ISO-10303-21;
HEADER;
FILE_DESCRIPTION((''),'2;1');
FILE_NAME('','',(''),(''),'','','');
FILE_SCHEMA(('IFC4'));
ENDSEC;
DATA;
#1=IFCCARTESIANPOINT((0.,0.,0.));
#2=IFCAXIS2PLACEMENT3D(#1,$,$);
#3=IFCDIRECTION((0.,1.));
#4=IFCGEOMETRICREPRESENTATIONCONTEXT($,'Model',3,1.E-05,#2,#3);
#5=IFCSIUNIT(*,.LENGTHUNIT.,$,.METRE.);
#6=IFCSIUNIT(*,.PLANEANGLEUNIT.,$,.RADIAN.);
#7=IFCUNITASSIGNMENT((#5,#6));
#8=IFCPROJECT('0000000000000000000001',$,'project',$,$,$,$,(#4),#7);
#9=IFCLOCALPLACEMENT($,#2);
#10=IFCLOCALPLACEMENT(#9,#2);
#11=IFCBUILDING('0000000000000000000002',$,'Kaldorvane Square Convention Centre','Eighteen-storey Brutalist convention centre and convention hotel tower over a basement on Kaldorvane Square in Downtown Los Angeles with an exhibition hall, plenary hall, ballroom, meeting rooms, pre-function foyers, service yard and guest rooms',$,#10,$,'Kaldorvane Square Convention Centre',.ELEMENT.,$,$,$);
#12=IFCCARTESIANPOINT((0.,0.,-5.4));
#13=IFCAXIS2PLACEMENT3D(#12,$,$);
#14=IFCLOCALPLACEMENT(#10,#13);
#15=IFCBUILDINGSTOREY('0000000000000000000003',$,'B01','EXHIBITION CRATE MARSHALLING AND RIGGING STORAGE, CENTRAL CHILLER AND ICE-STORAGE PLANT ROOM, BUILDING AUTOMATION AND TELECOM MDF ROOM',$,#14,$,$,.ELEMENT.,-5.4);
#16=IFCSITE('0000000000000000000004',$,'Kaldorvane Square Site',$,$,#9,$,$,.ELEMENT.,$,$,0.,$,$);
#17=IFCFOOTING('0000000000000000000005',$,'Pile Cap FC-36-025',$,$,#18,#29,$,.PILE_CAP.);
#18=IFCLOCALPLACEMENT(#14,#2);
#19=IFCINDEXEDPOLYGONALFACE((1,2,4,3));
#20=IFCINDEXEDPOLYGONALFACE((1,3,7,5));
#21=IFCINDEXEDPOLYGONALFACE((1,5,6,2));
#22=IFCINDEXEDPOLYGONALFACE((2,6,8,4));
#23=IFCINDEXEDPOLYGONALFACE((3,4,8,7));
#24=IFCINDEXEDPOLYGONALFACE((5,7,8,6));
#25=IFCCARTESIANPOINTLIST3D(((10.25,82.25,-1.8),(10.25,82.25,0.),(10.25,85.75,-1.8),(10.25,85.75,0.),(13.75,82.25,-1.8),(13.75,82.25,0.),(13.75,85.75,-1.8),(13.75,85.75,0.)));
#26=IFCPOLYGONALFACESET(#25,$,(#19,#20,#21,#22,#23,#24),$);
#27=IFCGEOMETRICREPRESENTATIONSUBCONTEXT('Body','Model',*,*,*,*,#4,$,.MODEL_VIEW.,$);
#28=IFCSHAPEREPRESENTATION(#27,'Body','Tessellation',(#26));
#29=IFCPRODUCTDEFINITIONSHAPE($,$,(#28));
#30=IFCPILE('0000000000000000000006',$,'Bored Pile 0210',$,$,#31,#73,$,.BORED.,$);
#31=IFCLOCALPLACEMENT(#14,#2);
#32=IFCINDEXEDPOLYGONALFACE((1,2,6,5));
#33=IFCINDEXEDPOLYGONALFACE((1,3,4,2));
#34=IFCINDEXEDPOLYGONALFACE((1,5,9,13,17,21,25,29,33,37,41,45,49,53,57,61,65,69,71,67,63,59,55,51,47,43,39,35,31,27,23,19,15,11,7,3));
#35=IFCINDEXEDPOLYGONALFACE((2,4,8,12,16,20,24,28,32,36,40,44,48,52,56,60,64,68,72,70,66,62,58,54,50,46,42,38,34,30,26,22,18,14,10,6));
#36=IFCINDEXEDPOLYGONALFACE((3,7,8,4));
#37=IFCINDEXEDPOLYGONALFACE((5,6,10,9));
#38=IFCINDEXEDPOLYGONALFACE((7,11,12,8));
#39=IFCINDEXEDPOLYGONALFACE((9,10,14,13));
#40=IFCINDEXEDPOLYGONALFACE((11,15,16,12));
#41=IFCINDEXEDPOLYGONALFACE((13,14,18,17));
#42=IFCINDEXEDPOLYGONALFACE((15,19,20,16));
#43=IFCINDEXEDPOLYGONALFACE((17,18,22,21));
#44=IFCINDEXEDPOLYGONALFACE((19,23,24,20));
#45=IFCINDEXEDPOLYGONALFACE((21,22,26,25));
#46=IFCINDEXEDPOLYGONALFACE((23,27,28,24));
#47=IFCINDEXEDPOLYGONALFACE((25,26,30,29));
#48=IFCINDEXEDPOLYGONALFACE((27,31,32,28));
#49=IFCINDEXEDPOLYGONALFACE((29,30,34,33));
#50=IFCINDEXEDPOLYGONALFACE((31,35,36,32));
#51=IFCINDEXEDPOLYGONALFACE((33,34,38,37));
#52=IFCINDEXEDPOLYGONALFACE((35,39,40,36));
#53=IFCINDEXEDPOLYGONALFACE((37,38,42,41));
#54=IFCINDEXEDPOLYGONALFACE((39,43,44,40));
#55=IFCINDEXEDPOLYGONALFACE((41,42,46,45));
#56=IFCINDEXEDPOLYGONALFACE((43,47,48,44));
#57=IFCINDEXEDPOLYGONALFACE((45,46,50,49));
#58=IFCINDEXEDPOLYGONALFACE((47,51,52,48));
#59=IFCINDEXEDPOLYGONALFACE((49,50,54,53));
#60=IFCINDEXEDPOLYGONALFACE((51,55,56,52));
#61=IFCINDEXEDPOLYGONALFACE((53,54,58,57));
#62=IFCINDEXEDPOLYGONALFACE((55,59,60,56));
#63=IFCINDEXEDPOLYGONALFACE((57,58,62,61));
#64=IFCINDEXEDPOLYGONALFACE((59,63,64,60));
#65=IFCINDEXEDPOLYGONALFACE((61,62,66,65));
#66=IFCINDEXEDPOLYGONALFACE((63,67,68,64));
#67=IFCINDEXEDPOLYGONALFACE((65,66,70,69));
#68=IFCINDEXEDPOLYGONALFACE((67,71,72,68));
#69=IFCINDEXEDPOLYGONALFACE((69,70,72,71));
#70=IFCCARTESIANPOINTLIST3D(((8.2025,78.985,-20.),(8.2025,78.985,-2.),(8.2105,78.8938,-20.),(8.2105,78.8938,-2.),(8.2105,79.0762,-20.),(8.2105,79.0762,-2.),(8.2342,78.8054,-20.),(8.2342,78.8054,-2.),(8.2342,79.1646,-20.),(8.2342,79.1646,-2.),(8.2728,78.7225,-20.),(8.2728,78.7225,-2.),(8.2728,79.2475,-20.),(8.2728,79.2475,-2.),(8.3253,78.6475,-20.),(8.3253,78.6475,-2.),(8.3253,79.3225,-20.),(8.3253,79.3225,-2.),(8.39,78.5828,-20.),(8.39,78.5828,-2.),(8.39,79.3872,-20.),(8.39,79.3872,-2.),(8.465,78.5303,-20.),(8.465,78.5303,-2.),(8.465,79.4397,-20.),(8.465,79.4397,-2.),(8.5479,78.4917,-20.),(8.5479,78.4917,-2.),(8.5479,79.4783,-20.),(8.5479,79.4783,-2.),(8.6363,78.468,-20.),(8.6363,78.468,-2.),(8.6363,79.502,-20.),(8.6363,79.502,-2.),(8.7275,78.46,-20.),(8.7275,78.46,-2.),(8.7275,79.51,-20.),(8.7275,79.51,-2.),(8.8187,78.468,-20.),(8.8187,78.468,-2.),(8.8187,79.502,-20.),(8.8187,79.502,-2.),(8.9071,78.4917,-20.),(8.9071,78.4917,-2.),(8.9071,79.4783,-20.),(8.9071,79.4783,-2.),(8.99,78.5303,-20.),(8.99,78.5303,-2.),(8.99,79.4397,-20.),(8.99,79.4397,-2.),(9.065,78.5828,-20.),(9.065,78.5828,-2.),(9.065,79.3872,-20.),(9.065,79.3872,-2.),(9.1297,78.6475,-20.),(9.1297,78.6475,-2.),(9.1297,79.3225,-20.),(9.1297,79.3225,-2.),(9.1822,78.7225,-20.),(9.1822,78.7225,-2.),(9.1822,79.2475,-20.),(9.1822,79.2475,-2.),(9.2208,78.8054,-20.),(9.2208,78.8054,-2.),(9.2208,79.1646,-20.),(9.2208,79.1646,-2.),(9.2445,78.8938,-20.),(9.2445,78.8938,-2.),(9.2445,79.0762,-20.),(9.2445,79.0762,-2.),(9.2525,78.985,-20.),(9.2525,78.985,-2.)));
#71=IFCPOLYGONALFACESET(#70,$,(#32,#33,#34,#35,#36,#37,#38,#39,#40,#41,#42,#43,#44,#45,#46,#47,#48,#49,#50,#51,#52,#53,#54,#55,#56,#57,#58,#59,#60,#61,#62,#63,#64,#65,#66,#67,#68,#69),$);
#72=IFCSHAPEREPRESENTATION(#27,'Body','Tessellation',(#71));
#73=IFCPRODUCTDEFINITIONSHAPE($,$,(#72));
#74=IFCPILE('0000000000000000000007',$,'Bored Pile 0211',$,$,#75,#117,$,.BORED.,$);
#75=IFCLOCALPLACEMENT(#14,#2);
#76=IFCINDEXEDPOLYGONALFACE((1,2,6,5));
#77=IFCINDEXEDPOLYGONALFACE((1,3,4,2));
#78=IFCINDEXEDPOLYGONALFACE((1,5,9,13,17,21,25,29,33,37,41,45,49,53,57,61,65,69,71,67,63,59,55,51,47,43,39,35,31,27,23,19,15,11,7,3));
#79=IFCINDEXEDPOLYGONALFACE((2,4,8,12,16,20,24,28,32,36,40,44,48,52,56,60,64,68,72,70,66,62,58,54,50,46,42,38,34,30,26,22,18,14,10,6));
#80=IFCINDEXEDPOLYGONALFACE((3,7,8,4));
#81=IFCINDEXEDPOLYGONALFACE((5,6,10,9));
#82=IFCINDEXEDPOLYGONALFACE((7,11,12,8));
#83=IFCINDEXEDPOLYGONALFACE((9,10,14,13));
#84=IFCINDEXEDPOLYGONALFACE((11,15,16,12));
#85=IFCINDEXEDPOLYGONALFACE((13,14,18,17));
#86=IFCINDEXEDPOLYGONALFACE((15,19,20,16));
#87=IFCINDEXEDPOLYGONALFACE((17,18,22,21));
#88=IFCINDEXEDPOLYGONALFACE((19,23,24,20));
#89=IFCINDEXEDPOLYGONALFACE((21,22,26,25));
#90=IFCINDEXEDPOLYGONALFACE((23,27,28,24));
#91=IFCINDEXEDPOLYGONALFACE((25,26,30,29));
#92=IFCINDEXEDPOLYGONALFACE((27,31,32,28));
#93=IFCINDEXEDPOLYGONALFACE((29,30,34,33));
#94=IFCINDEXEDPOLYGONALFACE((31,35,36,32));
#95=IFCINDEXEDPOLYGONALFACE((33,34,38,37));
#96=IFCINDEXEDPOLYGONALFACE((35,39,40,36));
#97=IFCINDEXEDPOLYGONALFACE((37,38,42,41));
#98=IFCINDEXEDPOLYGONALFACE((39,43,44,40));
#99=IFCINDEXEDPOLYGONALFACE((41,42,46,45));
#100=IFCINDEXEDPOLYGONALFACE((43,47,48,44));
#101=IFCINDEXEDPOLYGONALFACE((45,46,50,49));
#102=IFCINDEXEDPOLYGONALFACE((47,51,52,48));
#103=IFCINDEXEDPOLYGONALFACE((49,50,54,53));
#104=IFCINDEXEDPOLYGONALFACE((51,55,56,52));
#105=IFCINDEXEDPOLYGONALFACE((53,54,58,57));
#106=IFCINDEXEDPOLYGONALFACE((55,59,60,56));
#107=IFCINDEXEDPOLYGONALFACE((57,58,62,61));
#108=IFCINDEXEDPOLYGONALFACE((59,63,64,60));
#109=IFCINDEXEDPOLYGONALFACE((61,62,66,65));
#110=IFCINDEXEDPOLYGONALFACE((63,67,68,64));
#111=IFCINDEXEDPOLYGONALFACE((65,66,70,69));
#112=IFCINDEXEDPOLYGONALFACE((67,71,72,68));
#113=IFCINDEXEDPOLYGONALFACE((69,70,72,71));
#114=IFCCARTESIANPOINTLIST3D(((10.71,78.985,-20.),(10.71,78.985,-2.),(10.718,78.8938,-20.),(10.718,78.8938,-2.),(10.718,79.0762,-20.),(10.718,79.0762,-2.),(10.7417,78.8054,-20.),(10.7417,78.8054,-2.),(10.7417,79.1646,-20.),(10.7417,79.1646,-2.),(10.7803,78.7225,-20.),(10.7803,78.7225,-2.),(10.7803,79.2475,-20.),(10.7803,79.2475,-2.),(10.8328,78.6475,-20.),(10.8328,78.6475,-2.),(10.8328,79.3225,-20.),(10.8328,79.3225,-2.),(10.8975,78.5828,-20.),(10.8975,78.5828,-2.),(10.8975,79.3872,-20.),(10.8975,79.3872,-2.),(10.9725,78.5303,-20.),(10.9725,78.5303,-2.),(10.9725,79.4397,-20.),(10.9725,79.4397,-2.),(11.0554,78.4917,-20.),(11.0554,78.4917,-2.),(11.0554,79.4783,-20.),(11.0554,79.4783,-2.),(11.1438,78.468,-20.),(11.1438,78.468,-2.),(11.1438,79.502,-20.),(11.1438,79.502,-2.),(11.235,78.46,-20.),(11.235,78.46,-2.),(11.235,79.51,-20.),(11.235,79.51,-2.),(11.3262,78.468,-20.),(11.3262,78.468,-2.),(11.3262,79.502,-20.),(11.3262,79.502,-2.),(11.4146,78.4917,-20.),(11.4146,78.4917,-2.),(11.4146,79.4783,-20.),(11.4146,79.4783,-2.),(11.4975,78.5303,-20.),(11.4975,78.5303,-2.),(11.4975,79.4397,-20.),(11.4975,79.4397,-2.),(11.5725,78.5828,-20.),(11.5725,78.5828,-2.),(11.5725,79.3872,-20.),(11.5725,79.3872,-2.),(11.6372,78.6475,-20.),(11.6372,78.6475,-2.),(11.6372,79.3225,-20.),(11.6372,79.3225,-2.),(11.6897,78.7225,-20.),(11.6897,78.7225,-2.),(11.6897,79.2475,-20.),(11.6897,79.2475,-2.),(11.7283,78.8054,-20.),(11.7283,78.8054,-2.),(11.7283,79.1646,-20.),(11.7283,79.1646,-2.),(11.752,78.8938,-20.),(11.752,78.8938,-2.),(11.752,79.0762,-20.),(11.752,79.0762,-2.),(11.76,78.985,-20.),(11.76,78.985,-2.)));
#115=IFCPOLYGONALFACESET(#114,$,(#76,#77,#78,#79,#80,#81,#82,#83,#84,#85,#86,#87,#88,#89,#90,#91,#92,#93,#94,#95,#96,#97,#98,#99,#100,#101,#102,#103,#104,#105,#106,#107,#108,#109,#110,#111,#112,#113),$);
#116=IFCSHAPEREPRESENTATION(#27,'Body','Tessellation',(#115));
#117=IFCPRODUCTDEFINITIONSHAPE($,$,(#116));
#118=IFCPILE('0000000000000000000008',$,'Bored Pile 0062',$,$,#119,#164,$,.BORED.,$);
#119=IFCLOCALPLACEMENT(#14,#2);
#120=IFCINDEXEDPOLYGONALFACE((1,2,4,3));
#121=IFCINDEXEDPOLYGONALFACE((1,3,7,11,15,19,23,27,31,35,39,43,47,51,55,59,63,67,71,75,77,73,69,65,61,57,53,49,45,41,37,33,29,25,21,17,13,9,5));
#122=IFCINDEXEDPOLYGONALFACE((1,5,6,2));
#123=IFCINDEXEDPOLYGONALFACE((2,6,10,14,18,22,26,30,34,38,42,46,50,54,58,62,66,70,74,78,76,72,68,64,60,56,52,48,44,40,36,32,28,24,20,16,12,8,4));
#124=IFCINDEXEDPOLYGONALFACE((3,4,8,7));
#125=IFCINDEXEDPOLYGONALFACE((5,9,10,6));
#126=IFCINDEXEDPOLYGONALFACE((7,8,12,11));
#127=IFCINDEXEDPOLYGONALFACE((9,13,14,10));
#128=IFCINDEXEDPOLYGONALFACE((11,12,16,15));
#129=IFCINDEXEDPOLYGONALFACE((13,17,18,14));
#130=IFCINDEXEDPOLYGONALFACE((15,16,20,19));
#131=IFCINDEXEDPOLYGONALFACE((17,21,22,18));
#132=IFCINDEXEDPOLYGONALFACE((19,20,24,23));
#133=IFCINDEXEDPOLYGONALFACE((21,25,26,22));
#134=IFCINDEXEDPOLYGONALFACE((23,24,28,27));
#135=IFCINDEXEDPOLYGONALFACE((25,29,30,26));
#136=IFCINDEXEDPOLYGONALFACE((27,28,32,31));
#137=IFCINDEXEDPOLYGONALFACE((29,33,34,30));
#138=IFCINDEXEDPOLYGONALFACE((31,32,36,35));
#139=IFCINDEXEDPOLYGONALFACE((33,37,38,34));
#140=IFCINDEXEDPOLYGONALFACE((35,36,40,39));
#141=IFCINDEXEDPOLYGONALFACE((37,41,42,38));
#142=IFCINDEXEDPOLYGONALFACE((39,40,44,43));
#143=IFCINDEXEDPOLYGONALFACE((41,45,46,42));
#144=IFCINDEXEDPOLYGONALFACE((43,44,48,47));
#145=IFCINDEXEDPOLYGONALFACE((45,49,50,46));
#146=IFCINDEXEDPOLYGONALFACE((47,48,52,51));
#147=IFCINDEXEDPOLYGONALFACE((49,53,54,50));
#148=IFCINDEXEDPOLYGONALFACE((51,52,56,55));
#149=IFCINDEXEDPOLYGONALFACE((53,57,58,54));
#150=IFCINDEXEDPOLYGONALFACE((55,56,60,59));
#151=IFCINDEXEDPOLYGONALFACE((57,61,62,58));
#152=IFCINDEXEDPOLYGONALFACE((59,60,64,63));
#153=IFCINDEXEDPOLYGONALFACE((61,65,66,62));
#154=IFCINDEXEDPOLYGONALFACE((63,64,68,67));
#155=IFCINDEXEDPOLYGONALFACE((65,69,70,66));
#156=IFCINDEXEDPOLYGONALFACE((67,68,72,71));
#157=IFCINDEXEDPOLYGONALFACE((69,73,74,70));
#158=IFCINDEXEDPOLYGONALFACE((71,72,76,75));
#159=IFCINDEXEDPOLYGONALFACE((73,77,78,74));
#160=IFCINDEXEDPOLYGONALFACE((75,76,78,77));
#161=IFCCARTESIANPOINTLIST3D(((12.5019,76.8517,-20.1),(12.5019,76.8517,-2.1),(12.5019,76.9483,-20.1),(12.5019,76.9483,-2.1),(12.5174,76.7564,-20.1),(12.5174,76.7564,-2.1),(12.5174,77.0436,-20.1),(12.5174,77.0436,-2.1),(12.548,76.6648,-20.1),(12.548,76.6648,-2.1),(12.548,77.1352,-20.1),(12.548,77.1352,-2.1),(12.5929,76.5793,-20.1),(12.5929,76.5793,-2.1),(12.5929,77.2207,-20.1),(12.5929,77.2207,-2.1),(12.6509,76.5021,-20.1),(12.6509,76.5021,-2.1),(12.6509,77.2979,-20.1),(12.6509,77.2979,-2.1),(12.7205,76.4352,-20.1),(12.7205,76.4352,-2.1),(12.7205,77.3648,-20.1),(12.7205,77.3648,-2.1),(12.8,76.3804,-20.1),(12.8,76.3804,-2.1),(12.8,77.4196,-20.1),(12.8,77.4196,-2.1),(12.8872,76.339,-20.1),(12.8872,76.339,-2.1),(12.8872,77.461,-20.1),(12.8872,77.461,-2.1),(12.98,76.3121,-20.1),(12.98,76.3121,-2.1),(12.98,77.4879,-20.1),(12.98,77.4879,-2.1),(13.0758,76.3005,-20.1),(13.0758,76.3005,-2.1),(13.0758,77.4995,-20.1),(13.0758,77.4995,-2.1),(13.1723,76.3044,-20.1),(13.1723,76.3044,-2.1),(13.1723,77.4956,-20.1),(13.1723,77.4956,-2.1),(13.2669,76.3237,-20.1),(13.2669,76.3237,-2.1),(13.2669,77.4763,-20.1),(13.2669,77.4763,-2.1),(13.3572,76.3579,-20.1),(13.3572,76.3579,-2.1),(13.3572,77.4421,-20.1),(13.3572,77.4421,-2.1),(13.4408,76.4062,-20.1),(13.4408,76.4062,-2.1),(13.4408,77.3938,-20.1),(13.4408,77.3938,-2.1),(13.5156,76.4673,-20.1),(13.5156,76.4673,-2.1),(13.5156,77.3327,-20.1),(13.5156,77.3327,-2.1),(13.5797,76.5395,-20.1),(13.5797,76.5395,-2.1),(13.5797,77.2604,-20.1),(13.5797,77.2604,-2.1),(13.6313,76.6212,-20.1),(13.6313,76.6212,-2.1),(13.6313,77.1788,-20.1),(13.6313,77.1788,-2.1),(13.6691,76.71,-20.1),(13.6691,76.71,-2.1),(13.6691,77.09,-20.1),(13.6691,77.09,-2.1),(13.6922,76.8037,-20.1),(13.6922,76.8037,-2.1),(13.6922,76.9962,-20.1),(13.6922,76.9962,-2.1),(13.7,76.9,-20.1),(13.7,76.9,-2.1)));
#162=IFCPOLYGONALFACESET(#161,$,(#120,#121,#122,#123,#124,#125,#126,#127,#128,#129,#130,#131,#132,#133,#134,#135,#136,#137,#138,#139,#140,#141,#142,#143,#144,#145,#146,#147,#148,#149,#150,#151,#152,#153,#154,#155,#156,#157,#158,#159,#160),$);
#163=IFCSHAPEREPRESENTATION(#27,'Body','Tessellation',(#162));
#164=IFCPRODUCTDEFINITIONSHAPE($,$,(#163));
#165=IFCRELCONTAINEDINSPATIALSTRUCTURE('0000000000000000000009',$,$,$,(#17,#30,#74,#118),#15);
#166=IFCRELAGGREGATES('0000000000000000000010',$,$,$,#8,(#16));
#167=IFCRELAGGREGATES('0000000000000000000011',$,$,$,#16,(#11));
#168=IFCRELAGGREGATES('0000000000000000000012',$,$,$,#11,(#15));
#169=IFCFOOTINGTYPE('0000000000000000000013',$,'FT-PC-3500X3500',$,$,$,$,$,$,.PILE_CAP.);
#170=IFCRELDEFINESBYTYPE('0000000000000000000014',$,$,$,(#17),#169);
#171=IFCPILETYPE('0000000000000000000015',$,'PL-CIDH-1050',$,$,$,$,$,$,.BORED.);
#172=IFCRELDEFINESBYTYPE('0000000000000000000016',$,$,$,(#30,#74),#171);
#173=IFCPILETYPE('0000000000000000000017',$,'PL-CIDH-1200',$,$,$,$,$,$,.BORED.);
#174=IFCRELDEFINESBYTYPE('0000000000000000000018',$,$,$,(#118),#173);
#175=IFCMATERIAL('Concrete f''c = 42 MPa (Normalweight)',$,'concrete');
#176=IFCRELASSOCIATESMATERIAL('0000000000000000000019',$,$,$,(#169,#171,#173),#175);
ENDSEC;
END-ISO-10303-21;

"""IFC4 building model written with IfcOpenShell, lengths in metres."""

from ifc_helpers import new_model, si_unit, direction, frame, origin, origin_2d, place, context, subcontext, project, spatial, rectangle, circle, extrude, material, material_profile, profile_set, type_object, element, save


model = new_model("IFC4")

# Units and contexts
model_context = context("Model", 3, precision=1e-05, world=origin(), true_north=direction((0.0, 1.0)))
body_context = subcontext(model_context, "Body", "Model", "MODEL_VIEW")
ifc_project = project(units=[si_unit("LENGTHUNIT", "METRE"), si_unit("PLANEANGLEUNIT", "RADIAN")], contexts=[model_context])

# Site, building, storey
site_placement = place(None, origin())
site = spatial("IfcSite", under=ifc_project, at=site_placement, Name="Kaldorvane Square Site", CompositionType="ELEMENT", RefElevation=0.0)
building_placement = place(site_placement, origin())
building = spatial("IfcBuilding", under=site, at=building_placement, Name="Kaldorvane Square Convention Centre", Description="Eighteen-storey Brutalist convention centre and convention hotel tower over a basement on Kaldorvane Square in Downtown Los Angeles with an exhibition hall, plenary hall, ballroom, meeting rooms, pre-function foyers, service yard and guest rooms", LongName="Kaldorvane Square Convention Centre", CompositionType="ELEMENT")
storey_placement = place(building_placement, frame((0.0, 0.0, -5.4)))
storey = spatial("IfcBuildingStorey", under=building, at=storey_placement, Name="B01", Description="EXHIBITION CRATE MARSHALLING AND RIGGING STORAGE, CENTRAL CHILLER AND ICE-STORAGE PLANT ROOM, BUILDING AUTOMATION AND TELECOM MDF ROOM", CompositionType="ELEMENT", Elevation=-5.4)

# Footing
ifc_material_1 = material(Name="Concrete f'c = 42 MPa (Normalweight)", Category="concrete")
footing_type = type_object("IfcFootingType", Name="FT-PC-3500X3500", PredefinedType="PILE_CAP", material=ifc_material_1)
footing_placement = place(storey_placement, frame((12.0, 84.0, -1.8), z_axis=(0.0, 0.0, 1.0), x_axis=(1.0, 0.0, 0.0)))
element("IfcFooting", 1, at=footing_placement, inside=storey, type_object=footing_type, Name="Pile Cap FC-36-025", PredefinedType="PILE_CAP", context=body_context, shape_type="SweptSolid", body=[
    extrude(rectangle(XDim=3.5, YDim=3.5, at=origin_2d()), origin(), (0.0, 0.0, 1.0), 1.8),
])

# Piles
ifc_material_profile_1 = material_profile(ifc_material_1, circle(Radius=0.525, at=origin_2d()), Name="PILE-D1050")
ifc_profile_set_1 = profile_set([ifc_material_profile_1], Name="Concrete f'c = 42 MPa (Normalweight)")
pile_type_1 = type_object("IfcPileType", Name="PL-CIDH-1050", PredefinedType="BORED", material=ifc_profile_set_1)
for number, where, z_axis, x_axis, name in (
    (2, (8.7275, 78.985, -2.0), (0.0, 0.0, -1.0), (1.0, 0.0, 0.0), "Bored Pile 0210"),
    (3, (11.235, 78.985, -2.0), (0.0, 0.0, -1.0), (1.0, 0.0, 0.0), "Bored Pile 0211"),
):
    element("IfcPile", number, at=place(storey_placement, frame(where, z_axis=z_axis, x_axis=x_axis)), inside=storey, type_object=pile_type_1, Name=name, PredefinedType="BORED", context=body_context, shape_type="SweptSolid", body=[
        extrude(circle(Radius=0.525, at=origin_2d()), origin(), (0.0, 0.0, 1.0), 18.0),
    ])
ifc_material_profile_2 = material_profile(ifc_material_1, circle(Radius=0.6, at=origin_2d()), Name="PILE-D1200")
ifc_profile_set_2 = profile_set([ifc_material_profile_2], Name="Concrete f'c = 42 MPa (Normalweight)")
pile_type_2 = type_object("IfcPileType", Name="PL-CIDH-1200", PredefinedType="BORED", material=ifc_profile_set_2)
for number, where, z_axis, x_axis, name in (
    (4, (13.1, 76.9, -2.1), (0.0, 0.0, -1.0), (1.0, 0.0, 0.0), "Bored Pile 0062"),
):
    element("IfcPile", number, at=place(storey_placement, frame(where, z_axis=z_axis, x_axis=x_axis)), inside=storey, type_object=pile_type_2, Name=name, PredefinedType="BORED", context=body_context, shape_type="SweptSolid", body=[
        extrude(circle(Radius=0.6, at=origin_2d()), origin(), (0.0, 0.0, 1.0), 18.0),
    ])

save(model, "model.ifc")
